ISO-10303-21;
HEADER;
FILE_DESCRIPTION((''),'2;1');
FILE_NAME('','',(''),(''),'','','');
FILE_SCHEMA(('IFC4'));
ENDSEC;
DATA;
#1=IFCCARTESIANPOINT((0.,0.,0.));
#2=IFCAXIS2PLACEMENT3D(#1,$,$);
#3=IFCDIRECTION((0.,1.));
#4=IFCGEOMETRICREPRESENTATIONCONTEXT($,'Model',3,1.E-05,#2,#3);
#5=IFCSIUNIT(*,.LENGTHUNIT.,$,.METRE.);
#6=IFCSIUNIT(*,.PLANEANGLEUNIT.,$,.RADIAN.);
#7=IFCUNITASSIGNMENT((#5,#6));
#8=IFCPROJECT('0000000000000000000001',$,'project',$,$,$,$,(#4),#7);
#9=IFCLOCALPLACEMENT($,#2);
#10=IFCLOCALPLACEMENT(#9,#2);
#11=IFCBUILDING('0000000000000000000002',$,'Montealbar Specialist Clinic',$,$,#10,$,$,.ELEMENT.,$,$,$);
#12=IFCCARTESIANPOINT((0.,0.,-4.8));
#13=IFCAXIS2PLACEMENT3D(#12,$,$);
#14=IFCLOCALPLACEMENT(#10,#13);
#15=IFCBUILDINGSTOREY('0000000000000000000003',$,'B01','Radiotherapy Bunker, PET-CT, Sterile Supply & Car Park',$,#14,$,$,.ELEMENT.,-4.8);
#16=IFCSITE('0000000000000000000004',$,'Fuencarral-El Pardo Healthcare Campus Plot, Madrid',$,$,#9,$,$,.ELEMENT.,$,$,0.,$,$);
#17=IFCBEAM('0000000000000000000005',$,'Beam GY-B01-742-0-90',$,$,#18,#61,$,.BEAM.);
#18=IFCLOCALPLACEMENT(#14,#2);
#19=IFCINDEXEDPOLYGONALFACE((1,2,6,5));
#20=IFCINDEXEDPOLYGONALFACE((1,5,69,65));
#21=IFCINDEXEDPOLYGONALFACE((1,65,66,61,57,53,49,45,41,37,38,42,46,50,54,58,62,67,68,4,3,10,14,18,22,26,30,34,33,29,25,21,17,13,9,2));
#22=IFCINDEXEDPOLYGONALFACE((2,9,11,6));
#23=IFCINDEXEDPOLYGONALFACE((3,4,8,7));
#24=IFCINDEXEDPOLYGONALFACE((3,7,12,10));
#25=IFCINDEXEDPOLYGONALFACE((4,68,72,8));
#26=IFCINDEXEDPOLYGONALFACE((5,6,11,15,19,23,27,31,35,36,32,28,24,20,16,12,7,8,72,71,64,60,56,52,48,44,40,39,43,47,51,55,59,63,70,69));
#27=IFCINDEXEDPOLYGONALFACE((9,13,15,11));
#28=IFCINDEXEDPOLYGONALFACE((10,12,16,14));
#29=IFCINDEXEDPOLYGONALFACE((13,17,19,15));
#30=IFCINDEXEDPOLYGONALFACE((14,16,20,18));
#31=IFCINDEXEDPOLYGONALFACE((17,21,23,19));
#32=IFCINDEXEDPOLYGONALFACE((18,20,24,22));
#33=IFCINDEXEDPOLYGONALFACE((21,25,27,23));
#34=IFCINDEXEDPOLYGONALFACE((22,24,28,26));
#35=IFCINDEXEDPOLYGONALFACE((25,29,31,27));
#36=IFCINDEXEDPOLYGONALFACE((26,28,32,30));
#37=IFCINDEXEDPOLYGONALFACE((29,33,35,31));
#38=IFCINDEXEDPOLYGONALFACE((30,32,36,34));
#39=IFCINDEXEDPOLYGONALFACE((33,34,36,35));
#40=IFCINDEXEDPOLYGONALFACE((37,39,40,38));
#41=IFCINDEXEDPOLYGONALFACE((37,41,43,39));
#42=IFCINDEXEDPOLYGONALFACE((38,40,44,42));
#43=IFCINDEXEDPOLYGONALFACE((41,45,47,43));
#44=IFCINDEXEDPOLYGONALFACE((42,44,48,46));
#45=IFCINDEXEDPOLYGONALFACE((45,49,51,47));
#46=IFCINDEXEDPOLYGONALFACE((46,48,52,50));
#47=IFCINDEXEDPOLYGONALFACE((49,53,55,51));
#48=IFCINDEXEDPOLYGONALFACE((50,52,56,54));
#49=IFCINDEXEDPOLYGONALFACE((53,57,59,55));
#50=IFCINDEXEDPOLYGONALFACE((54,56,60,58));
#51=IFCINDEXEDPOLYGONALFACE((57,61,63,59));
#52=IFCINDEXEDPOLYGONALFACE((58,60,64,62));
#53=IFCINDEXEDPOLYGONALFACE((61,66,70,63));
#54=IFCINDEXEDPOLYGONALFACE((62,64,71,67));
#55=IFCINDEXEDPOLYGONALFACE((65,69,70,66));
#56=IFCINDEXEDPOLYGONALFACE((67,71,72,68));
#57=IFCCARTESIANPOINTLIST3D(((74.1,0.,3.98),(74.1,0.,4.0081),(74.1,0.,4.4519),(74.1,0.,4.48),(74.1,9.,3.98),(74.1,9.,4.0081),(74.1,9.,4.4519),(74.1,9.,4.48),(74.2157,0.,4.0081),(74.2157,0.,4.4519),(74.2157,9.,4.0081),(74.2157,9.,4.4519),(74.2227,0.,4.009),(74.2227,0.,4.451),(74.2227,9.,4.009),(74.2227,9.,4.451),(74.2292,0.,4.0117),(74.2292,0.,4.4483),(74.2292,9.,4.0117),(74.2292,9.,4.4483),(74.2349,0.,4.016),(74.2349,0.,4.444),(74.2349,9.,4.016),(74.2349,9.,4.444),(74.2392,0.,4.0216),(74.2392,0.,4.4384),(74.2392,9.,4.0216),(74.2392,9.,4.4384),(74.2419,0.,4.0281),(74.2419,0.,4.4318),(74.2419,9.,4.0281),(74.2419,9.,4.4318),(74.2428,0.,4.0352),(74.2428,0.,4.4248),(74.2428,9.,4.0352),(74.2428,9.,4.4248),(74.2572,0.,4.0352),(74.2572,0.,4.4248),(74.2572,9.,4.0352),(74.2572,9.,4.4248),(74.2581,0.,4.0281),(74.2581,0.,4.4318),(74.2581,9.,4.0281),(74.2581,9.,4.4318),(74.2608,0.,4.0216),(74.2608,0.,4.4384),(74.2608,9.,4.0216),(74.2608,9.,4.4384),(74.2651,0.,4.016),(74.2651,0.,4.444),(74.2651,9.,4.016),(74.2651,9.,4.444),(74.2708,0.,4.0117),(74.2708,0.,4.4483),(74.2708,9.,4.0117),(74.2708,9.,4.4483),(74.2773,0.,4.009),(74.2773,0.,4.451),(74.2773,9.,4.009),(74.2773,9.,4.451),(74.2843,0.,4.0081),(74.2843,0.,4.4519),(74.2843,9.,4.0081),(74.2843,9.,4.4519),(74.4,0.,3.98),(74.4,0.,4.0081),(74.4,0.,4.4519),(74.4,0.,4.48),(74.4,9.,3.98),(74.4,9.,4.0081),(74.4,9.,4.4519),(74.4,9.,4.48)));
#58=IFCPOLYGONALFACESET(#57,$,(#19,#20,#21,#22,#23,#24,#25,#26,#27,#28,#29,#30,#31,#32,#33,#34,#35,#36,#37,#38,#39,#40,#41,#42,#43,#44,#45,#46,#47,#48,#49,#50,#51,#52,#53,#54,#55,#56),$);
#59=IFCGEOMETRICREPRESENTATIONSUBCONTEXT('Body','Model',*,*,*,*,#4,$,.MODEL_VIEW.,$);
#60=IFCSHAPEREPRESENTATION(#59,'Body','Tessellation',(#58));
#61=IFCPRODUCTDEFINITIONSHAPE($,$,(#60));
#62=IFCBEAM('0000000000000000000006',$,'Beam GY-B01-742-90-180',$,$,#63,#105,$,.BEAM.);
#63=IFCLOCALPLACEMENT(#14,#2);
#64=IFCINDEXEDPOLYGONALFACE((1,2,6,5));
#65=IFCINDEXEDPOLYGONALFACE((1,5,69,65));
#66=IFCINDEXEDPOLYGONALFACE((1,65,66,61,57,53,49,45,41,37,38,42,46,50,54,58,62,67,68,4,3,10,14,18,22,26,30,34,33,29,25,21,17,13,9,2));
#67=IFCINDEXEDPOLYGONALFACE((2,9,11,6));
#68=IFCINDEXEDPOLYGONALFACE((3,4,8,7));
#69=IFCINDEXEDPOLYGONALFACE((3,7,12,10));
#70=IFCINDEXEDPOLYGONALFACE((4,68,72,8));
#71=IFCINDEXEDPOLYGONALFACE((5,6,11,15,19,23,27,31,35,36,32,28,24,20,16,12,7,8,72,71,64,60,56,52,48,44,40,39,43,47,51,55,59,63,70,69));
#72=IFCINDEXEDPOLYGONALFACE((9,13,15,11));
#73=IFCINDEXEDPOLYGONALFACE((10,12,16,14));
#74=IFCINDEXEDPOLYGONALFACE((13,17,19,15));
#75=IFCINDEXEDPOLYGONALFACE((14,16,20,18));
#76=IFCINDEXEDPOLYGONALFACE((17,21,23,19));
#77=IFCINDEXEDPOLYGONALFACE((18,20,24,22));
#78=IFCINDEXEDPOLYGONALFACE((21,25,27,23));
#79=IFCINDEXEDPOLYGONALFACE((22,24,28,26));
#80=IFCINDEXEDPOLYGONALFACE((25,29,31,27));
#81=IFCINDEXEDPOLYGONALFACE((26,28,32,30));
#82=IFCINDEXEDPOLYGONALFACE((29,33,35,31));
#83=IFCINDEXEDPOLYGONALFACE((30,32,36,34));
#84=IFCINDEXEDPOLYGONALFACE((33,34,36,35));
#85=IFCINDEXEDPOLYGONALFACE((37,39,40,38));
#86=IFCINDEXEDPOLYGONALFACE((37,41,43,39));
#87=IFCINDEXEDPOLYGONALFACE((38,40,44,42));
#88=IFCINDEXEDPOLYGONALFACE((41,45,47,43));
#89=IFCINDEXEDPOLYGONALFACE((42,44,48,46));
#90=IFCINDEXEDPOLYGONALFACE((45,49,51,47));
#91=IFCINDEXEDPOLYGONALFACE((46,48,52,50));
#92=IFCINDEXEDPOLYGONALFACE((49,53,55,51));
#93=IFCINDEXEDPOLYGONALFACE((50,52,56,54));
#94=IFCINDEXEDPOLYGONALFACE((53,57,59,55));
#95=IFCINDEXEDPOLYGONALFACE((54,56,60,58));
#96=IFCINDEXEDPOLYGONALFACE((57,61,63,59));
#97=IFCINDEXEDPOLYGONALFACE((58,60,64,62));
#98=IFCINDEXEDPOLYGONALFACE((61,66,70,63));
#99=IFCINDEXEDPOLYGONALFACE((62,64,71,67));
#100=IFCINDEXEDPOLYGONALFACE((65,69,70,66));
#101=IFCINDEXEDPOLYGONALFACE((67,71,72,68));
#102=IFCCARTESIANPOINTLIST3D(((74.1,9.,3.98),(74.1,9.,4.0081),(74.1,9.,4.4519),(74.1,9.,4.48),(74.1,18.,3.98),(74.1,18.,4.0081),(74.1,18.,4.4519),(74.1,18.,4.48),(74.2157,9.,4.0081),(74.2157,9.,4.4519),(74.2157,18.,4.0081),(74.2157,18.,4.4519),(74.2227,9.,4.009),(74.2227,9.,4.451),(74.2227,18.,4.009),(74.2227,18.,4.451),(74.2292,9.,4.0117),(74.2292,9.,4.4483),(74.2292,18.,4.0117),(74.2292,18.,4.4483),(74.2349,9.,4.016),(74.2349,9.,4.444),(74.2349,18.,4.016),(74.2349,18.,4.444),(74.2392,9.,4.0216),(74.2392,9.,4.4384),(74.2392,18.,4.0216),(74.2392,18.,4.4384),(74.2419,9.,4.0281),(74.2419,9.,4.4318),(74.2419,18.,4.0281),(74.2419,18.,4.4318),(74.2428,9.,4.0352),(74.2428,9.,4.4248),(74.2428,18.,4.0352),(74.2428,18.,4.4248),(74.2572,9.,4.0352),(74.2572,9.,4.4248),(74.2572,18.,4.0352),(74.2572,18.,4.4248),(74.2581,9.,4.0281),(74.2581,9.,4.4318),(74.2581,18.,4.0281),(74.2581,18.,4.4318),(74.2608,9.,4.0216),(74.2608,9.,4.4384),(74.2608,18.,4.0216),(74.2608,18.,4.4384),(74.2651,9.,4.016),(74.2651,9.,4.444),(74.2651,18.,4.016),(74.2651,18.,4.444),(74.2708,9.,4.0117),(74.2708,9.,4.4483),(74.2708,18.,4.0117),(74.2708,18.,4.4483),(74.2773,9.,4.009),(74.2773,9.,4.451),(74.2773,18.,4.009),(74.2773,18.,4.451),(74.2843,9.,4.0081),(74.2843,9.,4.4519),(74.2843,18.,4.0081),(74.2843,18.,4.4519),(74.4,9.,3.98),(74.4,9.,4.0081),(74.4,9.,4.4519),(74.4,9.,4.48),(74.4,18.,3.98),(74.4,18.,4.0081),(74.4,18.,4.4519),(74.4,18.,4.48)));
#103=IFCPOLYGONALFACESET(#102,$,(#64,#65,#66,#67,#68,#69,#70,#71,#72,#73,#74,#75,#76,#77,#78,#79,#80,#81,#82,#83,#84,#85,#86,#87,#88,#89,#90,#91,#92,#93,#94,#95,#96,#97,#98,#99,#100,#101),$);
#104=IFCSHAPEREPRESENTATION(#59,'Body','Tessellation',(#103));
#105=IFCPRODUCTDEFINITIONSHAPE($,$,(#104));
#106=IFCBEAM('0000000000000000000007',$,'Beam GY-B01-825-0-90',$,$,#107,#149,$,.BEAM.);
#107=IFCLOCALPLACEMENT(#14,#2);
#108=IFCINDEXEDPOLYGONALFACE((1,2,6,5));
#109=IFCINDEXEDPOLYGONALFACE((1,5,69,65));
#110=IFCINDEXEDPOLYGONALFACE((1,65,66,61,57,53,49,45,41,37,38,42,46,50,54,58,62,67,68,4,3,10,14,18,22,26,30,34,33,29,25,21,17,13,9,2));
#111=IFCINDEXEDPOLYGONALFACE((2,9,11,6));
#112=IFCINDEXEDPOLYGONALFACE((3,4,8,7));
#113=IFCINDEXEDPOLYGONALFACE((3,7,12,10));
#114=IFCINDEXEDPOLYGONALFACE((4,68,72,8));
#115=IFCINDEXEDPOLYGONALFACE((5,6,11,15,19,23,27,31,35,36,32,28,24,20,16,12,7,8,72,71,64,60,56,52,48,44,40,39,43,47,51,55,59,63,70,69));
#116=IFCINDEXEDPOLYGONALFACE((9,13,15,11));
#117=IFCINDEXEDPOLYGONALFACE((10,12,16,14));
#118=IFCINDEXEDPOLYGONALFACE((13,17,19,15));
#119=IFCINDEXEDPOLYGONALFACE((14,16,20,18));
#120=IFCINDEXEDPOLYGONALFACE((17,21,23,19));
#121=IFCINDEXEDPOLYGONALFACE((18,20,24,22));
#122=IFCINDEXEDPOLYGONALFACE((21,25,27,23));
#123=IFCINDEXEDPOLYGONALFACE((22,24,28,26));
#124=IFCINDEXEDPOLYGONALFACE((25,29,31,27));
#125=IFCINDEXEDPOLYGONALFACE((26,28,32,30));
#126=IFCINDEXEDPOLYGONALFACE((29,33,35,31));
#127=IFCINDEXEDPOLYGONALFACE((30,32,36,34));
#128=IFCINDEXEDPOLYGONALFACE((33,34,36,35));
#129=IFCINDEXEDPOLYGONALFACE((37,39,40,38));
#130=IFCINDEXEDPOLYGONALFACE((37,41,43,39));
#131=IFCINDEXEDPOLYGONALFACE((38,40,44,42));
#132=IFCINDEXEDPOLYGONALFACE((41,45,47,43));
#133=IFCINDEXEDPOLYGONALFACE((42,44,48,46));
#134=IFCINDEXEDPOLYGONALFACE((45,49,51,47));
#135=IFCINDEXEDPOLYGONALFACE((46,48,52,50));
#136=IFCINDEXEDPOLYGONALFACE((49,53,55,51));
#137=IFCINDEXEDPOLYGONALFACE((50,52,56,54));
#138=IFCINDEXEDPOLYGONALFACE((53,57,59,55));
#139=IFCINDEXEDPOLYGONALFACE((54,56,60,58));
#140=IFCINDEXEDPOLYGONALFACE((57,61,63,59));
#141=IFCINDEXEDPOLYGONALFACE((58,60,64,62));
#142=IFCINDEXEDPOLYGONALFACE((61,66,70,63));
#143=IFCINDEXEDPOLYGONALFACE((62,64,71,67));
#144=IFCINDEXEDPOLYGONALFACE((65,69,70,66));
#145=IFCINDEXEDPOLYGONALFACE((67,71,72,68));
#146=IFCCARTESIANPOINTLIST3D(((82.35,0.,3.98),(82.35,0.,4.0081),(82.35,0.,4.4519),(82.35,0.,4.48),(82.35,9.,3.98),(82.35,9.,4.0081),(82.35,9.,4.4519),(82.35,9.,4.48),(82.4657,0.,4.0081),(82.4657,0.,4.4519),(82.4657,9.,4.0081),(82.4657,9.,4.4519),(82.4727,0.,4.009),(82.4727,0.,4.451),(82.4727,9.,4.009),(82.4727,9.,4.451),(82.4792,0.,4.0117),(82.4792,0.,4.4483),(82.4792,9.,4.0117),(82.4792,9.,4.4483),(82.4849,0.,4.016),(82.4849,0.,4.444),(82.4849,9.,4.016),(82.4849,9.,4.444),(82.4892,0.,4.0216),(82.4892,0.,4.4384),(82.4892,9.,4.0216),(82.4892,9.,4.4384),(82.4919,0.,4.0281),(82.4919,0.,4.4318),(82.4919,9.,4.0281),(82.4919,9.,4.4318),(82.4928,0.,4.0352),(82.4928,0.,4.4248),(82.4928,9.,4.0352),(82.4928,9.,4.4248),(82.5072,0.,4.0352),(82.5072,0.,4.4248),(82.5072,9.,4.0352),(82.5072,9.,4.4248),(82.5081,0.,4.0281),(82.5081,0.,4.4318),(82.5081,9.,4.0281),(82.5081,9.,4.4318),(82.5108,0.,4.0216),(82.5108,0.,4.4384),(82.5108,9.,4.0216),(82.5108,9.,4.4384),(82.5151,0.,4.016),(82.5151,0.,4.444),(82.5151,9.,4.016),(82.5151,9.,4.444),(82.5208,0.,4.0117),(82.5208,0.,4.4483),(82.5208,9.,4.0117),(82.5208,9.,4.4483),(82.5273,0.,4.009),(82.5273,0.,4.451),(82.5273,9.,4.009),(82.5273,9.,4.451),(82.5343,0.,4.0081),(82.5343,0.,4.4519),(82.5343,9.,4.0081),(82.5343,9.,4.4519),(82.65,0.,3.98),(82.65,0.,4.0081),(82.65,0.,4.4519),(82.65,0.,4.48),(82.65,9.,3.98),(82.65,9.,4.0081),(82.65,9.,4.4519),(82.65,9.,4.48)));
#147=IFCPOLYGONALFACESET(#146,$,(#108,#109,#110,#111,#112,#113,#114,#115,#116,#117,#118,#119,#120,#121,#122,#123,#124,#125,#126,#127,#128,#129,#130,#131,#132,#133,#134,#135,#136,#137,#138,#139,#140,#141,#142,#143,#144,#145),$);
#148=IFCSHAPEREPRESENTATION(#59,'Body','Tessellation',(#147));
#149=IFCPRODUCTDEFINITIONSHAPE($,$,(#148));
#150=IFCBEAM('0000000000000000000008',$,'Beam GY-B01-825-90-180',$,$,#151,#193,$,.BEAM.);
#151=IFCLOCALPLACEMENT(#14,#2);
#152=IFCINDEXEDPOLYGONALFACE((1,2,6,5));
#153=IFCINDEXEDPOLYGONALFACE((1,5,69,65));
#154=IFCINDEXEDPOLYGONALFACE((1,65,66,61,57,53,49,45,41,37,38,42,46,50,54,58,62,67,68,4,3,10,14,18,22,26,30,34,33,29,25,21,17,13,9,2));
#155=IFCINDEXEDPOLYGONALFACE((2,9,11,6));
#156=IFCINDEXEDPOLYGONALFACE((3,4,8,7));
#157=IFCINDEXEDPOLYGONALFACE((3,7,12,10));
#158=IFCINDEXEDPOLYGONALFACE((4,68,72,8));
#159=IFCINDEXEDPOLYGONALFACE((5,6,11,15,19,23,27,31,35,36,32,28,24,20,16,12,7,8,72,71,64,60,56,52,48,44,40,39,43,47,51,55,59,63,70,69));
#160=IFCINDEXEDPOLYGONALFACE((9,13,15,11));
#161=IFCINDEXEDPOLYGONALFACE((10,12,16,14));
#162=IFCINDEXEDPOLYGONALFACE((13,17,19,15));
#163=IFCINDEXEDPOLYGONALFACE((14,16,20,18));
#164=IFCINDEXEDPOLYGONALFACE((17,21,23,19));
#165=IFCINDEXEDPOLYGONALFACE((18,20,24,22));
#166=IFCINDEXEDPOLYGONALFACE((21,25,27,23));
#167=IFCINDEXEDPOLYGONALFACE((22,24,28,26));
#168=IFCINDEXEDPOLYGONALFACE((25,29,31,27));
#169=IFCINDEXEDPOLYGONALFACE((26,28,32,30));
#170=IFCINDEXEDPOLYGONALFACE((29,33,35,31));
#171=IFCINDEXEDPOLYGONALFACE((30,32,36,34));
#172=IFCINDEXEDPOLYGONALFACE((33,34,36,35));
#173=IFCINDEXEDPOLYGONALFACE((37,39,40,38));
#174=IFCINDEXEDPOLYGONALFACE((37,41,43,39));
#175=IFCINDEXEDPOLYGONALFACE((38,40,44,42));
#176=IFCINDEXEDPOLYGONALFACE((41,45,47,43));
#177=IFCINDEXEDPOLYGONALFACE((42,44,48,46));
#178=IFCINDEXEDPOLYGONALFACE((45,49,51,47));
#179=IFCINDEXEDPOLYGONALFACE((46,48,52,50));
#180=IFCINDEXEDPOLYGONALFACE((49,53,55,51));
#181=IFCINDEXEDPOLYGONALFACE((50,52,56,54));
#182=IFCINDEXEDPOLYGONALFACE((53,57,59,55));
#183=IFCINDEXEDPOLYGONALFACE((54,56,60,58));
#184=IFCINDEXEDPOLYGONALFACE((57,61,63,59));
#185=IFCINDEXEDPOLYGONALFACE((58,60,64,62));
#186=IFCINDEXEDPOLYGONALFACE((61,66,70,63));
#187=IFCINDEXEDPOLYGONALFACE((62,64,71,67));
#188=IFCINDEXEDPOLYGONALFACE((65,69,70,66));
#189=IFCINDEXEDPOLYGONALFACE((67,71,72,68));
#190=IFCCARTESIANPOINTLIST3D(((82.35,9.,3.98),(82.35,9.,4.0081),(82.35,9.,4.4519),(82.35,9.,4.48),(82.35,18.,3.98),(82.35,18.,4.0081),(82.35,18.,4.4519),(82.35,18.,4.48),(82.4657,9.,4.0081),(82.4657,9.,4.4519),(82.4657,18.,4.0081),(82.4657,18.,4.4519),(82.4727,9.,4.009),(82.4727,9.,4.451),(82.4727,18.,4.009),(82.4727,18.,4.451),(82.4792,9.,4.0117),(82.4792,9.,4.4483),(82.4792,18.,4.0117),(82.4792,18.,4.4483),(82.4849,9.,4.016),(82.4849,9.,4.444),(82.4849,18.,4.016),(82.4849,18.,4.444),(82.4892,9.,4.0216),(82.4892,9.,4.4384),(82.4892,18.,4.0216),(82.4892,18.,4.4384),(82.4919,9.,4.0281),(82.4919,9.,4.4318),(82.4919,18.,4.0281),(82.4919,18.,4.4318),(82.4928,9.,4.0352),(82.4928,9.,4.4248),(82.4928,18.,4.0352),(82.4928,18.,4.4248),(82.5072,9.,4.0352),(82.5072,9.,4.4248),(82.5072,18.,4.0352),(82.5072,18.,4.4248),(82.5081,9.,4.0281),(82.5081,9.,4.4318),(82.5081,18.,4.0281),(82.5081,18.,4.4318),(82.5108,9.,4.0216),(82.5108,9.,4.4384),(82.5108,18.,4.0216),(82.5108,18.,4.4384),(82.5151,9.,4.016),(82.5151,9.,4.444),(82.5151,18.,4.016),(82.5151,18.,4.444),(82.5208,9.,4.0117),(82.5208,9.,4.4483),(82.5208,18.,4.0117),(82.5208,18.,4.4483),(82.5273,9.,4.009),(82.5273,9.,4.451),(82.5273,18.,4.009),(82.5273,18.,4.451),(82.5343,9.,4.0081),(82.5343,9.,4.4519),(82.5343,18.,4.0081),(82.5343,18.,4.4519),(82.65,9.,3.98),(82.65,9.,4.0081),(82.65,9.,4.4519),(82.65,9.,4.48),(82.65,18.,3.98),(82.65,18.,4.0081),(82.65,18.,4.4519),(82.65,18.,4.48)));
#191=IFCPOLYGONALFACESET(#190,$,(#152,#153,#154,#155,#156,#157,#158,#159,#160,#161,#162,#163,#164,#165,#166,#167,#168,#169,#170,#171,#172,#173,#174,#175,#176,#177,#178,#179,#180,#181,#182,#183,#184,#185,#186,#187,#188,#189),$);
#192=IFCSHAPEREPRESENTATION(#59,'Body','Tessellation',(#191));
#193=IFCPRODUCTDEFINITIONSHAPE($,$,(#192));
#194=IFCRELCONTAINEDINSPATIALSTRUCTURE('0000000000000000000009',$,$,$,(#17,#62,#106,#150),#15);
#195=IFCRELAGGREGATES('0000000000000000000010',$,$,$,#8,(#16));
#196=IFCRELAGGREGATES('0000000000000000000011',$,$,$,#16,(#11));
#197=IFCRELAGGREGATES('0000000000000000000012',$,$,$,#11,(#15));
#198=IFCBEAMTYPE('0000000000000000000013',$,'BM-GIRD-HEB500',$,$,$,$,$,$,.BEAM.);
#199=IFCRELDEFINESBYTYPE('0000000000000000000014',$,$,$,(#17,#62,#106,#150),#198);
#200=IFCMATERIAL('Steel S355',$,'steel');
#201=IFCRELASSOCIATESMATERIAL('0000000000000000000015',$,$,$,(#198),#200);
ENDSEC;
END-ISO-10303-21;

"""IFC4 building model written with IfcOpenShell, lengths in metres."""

from ifc_helpers import new_model, si_unit, direction, frame, origin, origin_2d, place, context, subcontext, project, spatial, i_section, extrude, material, material_profile, profile_set, type_object, element, save


model = new_model("IFC4")

# Units and contexts
model_context = context("Model", 3, precision=1e-05, world=origin(), true_north=direction((0.0, 1.0)))
body_context = subcontext(model_context, "Body", "Model", "MODEL_VIEW")
ifc_project = project(units=[si_unit("LENGTHUNIT", "METRE"), si_unit("PLANEANGLEUNIT", "RADIAN")], contexts=[model_context])

# Site, building, storey
site_placement = place(None, origin())
site = spatial("IfcSite", under=ifc_project, at=site_placement, Name="Fuencarral-El Pardo Healthcare Campus Plot, Madrid", CompositionType="ELEMENT", RefElevation=0.0)
building_placement = place(site_placement, origin())
building = spatial("IfcBuilding", under=site, at=building_placement, Name="Montealbar Specialist Clinic", CompositionType="ELEMENT")
storey_placement = place(building_placement, frame((0.0, 0.0, -4.8)))
storey = spatial("IfcBuildingStorey", under=building, at=storey_placement, Name="B01", Description="Radiotherapy Bunker, PET-CT, Sterile Supply & Car Park", CompositionType="ELEMENT", Elevation=-4.8)

# Shared definitions
ifc_material_1 = material(Name="Steel S355", Category="steel")

# Beams
ifc_material_profile_1 = material_profile(ifc_material_1, i_section(OverallWidth=0.3, OverallDepth=0.5, WebThickness=0.0144, FlangeThickness=0.0281, FilletRadius=0.0271, at=origin_2d()), Name="HEB 500", Category="steel")
ifc_profile_set_1 = profile_set([ifc_material_profile_1], Name="Steel S355")
beam_type_1 = type_object("IfcBeamType", Name="BM-GIRD-HEB500", PredefinedType="BEAM", material=ifc_profile_set_1)
for number, where, z_axis, x_axis, name in (
    (1, (74.25, 0.0, 4.23), (0.0, 1.0, 0.0), (-1.0, 0.0, 0.0), "Beam GY-B01-742-0-90"),
    (2, (74.25, 9.0, 4.23), (0.0, 1.0, 0.0), (-1.0, 0.0, 0.0), "Beam GY-B01-742-90-180"),
    (3, (82.5, 0.0, 4.23), (0.0, 1.0, 0.0), (-1.0, 0.0, 0.0), "Beam GY-B01-825-0-90"),
    (4, (82.5, 9.0, 4.23), (0.0, 1.0, 0.0), (-1.0, 0.0, 0.0), "Beam GY-B01-825-90-180"),
):
    element("IfcBeam", number, at=place(storey_placement, frame(where, z_axis=z_axis, x_axis=x_axis)), inside=storey, type_object=beam_type_1, Name=name, PredefinedType="BEAM", context=body_context, shape_type="SweptSolid", body=[
        extrude(i_section(OverallWidth=0.3, OverallDepth=0.5, WebThickness=0.0144, FlangeThickness=0.0281, FilletRadius=0.0271, at=origin_2d()), origin(), (0.0, 0.0, 1.0), 9.0),
    ])

save(model, "model.ifc")
